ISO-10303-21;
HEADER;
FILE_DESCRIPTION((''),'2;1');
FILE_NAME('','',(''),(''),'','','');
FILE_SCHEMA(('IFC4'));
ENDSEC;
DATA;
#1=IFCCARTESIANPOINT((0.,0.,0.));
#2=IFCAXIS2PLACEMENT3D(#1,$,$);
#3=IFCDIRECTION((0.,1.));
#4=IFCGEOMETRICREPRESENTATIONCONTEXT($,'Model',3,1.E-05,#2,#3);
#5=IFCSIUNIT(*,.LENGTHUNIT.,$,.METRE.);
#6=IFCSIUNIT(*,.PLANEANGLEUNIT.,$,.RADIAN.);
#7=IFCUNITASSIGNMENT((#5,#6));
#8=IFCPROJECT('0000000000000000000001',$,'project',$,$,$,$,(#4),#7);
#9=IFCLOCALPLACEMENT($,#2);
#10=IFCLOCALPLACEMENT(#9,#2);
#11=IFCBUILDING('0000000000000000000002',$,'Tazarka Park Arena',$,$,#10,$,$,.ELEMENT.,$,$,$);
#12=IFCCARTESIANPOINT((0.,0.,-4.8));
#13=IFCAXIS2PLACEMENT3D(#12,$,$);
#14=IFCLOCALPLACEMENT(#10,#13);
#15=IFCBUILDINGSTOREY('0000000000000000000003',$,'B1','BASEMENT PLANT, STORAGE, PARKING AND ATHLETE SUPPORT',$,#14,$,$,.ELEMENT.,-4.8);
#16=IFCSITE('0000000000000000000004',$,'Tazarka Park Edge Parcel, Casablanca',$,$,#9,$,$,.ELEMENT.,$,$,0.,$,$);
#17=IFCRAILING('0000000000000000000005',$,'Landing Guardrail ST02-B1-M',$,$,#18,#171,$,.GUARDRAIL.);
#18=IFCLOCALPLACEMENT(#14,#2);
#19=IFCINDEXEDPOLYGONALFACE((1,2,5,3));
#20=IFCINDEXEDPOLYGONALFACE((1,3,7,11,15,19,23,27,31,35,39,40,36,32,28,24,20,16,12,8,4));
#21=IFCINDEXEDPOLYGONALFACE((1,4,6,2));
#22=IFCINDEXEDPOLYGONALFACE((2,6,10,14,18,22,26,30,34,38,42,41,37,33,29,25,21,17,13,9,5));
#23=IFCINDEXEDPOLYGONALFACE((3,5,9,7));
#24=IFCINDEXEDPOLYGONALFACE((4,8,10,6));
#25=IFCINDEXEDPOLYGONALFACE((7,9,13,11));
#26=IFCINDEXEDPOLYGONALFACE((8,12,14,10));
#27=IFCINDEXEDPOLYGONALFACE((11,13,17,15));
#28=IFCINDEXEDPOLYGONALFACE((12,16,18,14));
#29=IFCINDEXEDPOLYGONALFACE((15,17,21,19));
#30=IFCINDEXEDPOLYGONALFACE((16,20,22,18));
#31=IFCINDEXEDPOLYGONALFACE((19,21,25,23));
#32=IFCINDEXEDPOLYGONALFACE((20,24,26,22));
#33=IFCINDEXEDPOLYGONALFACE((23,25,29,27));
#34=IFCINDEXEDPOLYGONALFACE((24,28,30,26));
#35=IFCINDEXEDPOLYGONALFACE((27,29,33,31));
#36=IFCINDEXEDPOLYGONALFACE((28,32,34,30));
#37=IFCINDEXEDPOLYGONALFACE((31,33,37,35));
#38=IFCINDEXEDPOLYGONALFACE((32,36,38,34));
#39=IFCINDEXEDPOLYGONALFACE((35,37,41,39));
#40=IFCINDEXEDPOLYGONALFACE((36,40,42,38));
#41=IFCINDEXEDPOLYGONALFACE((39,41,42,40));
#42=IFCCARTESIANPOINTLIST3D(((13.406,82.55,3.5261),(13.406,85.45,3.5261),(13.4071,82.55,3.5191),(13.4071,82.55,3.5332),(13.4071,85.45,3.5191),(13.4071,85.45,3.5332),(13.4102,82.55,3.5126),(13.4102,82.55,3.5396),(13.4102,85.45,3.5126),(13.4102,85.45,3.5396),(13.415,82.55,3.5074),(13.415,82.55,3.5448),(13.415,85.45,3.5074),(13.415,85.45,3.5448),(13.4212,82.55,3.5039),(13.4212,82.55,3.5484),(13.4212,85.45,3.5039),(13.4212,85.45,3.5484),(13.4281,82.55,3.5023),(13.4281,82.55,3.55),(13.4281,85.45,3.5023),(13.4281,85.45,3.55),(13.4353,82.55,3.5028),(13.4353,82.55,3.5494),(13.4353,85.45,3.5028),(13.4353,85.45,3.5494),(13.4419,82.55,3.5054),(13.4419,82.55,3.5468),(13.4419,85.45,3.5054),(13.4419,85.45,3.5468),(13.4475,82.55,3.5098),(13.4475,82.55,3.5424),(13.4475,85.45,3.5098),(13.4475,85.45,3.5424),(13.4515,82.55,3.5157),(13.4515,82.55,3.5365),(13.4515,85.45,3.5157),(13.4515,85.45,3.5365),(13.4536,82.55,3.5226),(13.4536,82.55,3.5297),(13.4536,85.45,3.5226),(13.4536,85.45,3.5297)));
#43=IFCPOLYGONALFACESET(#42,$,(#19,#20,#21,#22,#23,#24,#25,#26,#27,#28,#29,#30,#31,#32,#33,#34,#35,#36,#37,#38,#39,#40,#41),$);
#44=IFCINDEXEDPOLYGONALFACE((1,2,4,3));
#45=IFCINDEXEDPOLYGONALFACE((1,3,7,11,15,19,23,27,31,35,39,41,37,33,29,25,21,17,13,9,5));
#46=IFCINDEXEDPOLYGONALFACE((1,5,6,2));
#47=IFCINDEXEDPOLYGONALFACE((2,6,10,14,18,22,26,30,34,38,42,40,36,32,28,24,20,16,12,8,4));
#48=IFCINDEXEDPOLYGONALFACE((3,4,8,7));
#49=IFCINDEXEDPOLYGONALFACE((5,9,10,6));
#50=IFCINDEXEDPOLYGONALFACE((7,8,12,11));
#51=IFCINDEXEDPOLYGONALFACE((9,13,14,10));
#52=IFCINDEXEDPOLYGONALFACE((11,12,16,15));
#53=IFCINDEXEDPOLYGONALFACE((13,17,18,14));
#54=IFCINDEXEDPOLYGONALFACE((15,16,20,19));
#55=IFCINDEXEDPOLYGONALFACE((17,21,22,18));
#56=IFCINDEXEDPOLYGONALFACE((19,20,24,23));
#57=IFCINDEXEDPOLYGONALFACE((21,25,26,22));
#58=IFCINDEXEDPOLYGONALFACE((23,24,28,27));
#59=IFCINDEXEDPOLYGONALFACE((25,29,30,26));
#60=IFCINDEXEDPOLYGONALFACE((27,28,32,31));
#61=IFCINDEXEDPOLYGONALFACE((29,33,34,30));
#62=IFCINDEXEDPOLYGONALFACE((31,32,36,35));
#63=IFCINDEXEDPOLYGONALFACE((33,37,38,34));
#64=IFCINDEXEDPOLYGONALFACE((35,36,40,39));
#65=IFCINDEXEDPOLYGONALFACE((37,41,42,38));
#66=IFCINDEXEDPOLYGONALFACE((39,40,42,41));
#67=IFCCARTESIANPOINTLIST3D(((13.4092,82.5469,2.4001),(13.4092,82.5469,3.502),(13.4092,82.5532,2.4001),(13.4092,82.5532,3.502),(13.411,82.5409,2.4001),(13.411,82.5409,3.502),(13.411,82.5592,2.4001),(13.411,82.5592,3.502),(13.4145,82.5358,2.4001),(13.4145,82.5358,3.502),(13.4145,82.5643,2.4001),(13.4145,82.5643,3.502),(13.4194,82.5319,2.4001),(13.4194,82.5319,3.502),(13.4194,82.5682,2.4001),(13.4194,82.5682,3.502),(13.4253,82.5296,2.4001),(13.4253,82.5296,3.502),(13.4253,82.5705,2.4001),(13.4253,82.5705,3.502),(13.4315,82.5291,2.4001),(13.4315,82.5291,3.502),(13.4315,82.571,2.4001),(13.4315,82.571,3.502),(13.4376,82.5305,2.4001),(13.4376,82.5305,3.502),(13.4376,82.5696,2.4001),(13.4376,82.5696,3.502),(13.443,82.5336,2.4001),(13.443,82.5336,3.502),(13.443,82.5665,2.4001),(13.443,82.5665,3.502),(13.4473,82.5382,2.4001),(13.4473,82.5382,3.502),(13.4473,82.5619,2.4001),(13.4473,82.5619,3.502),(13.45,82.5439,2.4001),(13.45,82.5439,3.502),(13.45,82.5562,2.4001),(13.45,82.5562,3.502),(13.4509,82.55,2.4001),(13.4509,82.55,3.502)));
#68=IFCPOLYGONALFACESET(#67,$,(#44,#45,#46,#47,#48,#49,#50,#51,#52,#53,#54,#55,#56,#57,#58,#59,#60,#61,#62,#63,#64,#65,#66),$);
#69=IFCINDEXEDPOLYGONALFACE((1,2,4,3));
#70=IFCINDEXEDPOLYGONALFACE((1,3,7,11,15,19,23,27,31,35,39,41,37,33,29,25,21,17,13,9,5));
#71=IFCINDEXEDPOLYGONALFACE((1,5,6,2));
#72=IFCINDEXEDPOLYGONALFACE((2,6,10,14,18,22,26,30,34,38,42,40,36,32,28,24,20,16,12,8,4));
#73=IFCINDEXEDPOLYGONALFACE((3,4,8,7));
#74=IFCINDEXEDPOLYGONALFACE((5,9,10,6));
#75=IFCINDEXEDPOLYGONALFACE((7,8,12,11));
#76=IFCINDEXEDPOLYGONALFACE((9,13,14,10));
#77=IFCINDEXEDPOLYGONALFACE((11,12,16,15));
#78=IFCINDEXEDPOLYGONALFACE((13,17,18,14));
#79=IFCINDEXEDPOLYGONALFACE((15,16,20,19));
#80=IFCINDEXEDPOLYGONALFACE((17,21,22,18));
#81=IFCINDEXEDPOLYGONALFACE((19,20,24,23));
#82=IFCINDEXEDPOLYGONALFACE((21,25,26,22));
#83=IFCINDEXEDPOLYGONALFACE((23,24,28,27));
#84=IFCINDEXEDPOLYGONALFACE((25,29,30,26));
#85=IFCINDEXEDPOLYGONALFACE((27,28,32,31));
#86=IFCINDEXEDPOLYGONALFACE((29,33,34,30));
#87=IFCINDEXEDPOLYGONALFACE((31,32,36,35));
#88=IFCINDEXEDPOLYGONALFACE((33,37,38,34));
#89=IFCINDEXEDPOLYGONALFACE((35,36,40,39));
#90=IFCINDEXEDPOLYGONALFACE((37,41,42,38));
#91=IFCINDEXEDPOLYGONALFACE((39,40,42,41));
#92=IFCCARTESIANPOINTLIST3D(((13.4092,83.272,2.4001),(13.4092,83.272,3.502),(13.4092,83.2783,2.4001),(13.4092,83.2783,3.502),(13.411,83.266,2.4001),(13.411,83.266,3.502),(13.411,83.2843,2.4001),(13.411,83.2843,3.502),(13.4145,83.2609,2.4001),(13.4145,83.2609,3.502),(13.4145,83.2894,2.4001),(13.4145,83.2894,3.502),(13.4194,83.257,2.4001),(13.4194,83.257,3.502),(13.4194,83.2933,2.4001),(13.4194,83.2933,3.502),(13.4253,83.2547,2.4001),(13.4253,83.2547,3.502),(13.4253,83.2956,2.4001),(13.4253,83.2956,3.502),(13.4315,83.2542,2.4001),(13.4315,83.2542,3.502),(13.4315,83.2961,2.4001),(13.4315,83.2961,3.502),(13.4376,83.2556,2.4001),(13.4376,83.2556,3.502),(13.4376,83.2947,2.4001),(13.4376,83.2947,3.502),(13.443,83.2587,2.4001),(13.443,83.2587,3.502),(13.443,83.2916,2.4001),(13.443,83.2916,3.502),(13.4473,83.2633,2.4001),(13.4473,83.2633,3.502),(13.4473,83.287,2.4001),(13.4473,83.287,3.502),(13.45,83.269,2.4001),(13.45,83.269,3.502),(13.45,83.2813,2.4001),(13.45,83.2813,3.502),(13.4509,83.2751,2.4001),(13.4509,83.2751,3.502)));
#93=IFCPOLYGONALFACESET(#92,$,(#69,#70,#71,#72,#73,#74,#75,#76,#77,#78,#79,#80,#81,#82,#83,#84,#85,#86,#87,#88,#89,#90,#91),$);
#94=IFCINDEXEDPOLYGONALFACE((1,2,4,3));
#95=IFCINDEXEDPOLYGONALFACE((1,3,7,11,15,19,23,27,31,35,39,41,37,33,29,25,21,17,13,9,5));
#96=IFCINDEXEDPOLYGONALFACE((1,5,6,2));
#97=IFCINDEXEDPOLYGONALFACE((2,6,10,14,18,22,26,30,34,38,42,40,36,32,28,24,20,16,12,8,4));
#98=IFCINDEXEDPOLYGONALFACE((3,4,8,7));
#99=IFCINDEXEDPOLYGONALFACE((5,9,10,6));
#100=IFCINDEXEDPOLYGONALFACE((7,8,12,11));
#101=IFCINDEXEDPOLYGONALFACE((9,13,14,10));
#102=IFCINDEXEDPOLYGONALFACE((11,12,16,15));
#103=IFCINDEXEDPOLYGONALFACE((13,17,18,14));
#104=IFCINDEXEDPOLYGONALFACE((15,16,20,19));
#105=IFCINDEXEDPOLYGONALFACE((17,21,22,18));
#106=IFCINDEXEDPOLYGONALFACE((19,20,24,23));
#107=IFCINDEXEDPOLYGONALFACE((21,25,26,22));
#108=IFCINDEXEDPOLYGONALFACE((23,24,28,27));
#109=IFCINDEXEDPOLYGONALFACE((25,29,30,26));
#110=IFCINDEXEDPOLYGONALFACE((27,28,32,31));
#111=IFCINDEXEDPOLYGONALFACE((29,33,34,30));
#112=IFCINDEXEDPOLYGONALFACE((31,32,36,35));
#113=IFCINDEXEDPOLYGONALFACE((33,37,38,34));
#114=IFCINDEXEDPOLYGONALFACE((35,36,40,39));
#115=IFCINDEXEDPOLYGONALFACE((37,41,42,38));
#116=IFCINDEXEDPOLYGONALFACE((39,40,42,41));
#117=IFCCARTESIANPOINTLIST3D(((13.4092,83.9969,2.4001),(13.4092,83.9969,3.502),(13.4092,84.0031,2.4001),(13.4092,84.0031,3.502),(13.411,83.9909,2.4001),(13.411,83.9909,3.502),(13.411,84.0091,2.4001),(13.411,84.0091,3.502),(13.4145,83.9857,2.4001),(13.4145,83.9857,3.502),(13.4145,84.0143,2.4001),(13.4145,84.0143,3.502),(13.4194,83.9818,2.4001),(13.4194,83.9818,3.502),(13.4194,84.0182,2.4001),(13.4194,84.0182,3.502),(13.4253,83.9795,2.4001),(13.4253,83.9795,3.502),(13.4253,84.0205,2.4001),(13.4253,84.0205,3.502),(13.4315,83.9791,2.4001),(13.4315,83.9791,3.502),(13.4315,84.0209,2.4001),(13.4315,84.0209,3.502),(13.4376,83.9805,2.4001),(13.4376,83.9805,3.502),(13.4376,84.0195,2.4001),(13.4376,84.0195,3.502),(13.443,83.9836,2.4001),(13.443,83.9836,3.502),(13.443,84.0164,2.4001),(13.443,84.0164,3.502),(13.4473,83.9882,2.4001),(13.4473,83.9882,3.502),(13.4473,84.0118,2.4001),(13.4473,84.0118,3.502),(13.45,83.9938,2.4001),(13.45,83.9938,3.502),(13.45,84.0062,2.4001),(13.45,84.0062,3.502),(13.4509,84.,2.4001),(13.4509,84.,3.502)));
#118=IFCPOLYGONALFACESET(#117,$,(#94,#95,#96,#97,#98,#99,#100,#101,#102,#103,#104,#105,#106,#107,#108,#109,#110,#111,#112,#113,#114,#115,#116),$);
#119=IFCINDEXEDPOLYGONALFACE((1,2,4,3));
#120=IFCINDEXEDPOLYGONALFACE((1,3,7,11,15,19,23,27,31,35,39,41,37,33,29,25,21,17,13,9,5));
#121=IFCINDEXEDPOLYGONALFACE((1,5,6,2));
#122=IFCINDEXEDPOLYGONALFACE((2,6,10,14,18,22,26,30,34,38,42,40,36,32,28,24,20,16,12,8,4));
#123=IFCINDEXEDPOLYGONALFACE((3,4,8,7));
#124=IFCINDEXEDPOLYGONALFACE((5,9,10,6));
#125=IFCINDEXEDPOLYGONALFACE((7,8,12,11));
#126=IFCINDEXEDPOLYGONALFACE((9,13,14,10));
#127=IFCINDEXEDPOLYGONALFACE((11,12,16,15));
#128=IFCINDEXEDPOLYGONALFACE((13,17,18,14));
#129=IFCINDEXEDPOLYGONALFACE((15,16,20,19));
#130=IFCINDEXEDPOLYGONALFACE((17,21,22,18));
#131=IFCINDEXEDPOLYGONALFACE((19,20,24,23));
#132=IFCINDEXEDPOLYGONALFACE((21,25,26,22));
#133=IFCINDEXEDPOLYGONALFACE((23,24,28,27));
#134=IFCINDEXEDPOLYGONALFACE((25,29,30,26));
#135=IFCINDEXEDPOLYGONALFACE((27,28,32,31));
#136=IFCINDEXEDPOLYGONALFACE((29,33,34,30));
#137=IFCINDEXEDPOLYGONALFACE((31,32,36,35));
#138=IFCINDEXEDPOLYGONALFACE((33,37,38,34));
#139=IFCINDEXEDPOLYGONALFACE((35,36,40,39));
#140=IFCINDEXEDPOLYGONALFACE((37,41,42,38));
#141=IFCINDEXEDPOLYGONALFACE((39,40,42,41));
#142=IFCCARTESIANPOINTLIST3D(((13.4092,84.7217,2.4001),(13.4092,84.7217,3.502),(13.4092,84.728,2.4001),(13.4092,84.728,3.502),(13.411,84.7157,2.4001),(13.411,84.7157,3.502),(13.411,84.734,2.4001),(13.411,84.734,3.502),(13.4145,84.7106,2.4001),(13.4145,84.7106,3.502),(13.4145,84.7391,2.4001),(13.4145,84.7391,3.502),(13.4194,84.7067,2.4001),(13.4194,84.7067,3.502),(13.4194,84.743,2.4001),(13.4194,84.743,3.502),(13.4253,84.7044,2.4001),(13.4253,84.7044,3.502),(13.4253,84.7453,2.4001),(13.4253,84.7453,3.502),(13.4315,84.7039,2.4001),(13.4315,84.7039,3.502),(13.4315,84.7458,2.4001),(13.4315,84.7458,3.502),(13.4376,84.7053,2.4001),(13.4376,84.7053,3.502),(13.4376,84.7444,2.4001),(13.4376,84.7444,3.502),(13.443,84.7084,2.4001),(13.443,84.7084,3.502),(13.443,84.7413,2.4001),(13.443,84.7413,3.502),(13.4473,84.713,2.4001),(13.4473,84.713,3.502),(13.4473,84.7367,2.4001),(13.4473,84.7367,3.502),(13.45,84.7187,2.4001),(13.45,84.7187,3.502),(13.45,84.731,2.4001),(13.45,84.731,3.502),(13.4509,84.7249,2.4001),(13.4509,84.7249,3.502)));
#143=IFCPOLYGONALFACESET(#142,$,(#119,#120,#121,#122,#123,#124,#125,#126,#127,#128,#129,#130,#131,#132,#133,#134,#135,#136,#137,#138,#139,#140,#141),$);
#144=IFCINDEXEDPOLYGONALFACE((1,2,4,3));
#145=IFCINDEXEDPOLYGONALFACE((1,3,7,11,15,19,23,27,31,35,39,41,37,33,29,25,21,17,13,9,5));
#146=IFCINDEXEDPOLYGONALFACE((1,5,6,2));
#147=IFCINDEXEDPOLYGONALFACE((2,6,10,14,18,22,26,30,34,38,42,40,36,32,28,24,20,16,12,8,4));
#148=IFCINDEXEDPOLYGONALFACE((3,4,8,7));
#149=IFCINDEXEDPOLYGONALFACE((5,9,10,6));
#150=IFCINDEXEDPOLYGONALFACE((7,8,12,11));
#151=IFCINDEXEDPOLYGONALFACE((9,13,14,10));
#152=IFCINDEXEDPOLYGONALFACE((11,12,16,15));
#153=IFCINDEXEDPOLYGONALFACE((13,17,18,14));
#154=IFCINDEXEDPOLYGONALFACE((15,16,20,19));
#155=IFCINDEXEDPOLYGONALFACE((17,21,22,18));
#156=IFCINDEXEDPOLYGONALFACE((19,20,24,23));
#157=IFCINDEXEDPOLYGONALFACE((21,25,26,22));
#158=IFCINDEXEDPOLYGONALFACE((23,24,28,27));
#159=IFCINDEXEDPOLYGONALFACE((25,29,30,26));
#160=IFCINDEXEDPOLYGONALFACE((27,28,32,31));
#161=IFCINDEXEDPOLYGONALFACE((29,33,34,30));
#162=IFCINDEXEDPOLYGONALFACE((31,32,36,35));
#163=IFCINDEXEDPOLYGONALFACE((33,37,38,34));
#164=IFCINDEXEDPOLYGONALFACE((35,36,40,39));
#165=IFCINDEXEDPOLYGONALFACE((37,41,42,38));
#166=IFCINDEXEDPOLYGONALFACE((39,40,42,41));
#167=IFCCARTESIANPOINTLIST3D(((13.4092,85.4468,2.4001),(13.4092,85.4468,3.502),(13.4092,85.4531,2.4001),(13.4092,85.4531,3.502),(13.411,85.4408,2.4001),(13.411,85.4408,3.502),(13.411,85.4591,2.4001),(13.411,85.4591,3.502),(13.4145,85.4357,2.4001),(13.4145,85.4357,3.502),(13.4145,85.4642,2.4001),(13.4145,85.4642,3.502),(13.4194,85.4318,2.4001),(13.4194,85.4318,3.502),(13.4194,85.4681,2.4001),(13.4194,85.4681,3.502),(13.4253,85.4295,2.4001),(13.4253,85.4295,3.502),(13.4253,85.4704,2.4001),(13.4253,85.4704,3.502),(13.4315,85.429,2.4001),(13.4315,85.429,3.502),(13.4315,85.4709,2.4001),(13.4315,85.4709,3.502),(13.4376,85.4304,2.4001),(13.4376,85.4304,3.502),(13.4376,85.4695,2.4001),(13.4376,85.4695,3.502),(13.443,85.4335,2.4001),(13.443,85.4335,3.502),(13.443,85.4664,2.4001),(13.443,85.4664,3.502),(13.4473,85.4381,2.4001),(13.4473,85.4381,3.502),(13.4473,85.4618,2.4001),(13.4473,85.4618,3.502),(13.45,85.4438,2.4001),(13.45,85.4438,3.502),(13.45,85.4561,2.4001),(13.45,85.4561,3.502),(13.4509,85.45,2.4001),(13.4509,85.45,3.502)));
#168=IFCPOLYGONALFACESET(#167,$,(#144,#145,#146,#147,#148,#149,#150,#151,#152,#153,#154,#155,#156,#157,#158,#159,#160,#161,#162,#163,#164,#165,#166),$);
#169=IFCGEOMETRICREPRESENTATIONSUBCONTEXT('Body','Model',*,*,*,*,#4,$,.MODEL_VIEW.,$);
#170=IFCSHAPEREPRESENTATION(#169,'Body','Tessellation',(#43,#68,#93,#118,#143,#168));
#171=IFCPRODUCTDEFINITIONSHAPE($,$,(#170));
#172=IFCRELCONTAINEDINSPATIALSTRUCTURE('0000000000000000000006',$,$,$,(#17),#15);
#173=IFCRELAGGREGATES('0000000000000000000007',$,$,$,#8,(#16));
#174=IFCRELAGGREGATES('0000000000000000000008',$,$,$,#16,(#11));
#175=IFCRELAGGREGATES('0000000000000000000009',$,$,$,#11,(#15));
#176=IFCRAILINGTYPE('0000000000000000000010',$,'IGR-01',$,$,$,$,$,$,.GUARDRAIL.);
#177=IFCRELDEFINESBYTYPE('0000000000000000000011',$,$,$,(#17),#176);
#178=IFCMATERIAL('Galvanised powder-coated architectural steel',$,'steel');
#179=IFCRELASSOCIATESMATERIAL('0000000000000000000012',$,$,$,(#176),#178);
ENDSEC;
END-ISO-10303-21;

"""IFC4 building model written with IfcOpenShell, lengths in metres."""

from ifc_helpers import new_model, si_unit, direction, frame, origin, origin_2d, place, context, subcontext, project, spatial, circle, extrude, material, type_object, element, save


model = new_model("IFC4")

# Units and contexts
model_context = context("Model", 3, precision=1e-05, world=origin(), true_north=direction((0.0, 1.0)))
body_context = subcontext(model_context, "Body", "Model", "MODEL_VIEW")
ifc_project = project(units=[si_unit("LENGTHUNIT", "METRE"), si_unit("PLANEANGLEUNIT", "RADIAN")], contexts=[model_context])

# Site, building, storey
site_placement = place(None, origin())
site = spatial("IfcSite", under=ifc_project, at=site_placement, Name="Tazarka Park Edge Parcel, Casablanca", CompositionType="ELEMENT", RefElevation=0.0)
building_placement = place(site_placement, origin())
building = spatial("IfcBuilding", under=site, at=building_placement, Name="Tazarka Park Arena", CompositionType="ELEMENT")
storey_placement = place(building_placement, frame((0.0, 0.0, -4.8)))
storey = spatial("IfcBuildingStorey", under=building, at=storey_placement, Name="B1", Description="BASEMENT PLANT, STORAGE, PARKING AND ATHLETE SUPPORT", CompositionType="ELEMENT", Elevation=-4.8)

# Railing
ifc_material_1 = material(Name="Galvanised powder-coated architectural steel", Category="steel")
railing_type_1 = type_object("IfcRailingType", Name="IGR-01", PredefinedType="GUARDRAIL", material=ifc_material_1)
railing_1_placement = place(storey_placement, frame((13.4299, 82.55, 2.4001)))
element("IfcRailing", 1, at=railing_1_placement, inside=storey, type_object=railing_type_1, Name="Landing Guardrail ST02-B1-M", PredefinedType="GUARDRAIL", context=body_context, shape_type="SweptSolid", body=[
    extrude(circle(Radius=0.0239, at=origin_2d()), frame((0.0, 0.0, 1.126), z_axis=(0.0, 1.0, 0.0), x_axis=(-1.0, 0.0, 0.0)), (0.0, 0.0, 1.0), 2.8999),
    extrude(circle(Radius=0.021, at=origin_2d()), origin(), (0.0, 0.0, 1.0), 1.1018),
    extrude(circle(Radius=0.021, at=origin_2d()), frame((0.0, 0.7251, 0.0)), (0.0, 0.0, 1.0), 1.1018),
    extrude(circle(Radius=0.021, at=origin_2d()), frame((0.0, 1.45, 0.0)), (0.0, 0.0, 1.0), 1.1018),
    extrude(circle(Radius=0.021, at=origin_2d()), frame((0.0, 2.1748, 0.0)), (0.0, 0.0, 1.0), 1.1018),
    extrude(circle(Radius=0.021, at=origin_2d()), frame((0.0, 2.8999, 0.0)), (0.0, 0.0, 1.0), 1.1018),
])

save(model, "model.ifc")
